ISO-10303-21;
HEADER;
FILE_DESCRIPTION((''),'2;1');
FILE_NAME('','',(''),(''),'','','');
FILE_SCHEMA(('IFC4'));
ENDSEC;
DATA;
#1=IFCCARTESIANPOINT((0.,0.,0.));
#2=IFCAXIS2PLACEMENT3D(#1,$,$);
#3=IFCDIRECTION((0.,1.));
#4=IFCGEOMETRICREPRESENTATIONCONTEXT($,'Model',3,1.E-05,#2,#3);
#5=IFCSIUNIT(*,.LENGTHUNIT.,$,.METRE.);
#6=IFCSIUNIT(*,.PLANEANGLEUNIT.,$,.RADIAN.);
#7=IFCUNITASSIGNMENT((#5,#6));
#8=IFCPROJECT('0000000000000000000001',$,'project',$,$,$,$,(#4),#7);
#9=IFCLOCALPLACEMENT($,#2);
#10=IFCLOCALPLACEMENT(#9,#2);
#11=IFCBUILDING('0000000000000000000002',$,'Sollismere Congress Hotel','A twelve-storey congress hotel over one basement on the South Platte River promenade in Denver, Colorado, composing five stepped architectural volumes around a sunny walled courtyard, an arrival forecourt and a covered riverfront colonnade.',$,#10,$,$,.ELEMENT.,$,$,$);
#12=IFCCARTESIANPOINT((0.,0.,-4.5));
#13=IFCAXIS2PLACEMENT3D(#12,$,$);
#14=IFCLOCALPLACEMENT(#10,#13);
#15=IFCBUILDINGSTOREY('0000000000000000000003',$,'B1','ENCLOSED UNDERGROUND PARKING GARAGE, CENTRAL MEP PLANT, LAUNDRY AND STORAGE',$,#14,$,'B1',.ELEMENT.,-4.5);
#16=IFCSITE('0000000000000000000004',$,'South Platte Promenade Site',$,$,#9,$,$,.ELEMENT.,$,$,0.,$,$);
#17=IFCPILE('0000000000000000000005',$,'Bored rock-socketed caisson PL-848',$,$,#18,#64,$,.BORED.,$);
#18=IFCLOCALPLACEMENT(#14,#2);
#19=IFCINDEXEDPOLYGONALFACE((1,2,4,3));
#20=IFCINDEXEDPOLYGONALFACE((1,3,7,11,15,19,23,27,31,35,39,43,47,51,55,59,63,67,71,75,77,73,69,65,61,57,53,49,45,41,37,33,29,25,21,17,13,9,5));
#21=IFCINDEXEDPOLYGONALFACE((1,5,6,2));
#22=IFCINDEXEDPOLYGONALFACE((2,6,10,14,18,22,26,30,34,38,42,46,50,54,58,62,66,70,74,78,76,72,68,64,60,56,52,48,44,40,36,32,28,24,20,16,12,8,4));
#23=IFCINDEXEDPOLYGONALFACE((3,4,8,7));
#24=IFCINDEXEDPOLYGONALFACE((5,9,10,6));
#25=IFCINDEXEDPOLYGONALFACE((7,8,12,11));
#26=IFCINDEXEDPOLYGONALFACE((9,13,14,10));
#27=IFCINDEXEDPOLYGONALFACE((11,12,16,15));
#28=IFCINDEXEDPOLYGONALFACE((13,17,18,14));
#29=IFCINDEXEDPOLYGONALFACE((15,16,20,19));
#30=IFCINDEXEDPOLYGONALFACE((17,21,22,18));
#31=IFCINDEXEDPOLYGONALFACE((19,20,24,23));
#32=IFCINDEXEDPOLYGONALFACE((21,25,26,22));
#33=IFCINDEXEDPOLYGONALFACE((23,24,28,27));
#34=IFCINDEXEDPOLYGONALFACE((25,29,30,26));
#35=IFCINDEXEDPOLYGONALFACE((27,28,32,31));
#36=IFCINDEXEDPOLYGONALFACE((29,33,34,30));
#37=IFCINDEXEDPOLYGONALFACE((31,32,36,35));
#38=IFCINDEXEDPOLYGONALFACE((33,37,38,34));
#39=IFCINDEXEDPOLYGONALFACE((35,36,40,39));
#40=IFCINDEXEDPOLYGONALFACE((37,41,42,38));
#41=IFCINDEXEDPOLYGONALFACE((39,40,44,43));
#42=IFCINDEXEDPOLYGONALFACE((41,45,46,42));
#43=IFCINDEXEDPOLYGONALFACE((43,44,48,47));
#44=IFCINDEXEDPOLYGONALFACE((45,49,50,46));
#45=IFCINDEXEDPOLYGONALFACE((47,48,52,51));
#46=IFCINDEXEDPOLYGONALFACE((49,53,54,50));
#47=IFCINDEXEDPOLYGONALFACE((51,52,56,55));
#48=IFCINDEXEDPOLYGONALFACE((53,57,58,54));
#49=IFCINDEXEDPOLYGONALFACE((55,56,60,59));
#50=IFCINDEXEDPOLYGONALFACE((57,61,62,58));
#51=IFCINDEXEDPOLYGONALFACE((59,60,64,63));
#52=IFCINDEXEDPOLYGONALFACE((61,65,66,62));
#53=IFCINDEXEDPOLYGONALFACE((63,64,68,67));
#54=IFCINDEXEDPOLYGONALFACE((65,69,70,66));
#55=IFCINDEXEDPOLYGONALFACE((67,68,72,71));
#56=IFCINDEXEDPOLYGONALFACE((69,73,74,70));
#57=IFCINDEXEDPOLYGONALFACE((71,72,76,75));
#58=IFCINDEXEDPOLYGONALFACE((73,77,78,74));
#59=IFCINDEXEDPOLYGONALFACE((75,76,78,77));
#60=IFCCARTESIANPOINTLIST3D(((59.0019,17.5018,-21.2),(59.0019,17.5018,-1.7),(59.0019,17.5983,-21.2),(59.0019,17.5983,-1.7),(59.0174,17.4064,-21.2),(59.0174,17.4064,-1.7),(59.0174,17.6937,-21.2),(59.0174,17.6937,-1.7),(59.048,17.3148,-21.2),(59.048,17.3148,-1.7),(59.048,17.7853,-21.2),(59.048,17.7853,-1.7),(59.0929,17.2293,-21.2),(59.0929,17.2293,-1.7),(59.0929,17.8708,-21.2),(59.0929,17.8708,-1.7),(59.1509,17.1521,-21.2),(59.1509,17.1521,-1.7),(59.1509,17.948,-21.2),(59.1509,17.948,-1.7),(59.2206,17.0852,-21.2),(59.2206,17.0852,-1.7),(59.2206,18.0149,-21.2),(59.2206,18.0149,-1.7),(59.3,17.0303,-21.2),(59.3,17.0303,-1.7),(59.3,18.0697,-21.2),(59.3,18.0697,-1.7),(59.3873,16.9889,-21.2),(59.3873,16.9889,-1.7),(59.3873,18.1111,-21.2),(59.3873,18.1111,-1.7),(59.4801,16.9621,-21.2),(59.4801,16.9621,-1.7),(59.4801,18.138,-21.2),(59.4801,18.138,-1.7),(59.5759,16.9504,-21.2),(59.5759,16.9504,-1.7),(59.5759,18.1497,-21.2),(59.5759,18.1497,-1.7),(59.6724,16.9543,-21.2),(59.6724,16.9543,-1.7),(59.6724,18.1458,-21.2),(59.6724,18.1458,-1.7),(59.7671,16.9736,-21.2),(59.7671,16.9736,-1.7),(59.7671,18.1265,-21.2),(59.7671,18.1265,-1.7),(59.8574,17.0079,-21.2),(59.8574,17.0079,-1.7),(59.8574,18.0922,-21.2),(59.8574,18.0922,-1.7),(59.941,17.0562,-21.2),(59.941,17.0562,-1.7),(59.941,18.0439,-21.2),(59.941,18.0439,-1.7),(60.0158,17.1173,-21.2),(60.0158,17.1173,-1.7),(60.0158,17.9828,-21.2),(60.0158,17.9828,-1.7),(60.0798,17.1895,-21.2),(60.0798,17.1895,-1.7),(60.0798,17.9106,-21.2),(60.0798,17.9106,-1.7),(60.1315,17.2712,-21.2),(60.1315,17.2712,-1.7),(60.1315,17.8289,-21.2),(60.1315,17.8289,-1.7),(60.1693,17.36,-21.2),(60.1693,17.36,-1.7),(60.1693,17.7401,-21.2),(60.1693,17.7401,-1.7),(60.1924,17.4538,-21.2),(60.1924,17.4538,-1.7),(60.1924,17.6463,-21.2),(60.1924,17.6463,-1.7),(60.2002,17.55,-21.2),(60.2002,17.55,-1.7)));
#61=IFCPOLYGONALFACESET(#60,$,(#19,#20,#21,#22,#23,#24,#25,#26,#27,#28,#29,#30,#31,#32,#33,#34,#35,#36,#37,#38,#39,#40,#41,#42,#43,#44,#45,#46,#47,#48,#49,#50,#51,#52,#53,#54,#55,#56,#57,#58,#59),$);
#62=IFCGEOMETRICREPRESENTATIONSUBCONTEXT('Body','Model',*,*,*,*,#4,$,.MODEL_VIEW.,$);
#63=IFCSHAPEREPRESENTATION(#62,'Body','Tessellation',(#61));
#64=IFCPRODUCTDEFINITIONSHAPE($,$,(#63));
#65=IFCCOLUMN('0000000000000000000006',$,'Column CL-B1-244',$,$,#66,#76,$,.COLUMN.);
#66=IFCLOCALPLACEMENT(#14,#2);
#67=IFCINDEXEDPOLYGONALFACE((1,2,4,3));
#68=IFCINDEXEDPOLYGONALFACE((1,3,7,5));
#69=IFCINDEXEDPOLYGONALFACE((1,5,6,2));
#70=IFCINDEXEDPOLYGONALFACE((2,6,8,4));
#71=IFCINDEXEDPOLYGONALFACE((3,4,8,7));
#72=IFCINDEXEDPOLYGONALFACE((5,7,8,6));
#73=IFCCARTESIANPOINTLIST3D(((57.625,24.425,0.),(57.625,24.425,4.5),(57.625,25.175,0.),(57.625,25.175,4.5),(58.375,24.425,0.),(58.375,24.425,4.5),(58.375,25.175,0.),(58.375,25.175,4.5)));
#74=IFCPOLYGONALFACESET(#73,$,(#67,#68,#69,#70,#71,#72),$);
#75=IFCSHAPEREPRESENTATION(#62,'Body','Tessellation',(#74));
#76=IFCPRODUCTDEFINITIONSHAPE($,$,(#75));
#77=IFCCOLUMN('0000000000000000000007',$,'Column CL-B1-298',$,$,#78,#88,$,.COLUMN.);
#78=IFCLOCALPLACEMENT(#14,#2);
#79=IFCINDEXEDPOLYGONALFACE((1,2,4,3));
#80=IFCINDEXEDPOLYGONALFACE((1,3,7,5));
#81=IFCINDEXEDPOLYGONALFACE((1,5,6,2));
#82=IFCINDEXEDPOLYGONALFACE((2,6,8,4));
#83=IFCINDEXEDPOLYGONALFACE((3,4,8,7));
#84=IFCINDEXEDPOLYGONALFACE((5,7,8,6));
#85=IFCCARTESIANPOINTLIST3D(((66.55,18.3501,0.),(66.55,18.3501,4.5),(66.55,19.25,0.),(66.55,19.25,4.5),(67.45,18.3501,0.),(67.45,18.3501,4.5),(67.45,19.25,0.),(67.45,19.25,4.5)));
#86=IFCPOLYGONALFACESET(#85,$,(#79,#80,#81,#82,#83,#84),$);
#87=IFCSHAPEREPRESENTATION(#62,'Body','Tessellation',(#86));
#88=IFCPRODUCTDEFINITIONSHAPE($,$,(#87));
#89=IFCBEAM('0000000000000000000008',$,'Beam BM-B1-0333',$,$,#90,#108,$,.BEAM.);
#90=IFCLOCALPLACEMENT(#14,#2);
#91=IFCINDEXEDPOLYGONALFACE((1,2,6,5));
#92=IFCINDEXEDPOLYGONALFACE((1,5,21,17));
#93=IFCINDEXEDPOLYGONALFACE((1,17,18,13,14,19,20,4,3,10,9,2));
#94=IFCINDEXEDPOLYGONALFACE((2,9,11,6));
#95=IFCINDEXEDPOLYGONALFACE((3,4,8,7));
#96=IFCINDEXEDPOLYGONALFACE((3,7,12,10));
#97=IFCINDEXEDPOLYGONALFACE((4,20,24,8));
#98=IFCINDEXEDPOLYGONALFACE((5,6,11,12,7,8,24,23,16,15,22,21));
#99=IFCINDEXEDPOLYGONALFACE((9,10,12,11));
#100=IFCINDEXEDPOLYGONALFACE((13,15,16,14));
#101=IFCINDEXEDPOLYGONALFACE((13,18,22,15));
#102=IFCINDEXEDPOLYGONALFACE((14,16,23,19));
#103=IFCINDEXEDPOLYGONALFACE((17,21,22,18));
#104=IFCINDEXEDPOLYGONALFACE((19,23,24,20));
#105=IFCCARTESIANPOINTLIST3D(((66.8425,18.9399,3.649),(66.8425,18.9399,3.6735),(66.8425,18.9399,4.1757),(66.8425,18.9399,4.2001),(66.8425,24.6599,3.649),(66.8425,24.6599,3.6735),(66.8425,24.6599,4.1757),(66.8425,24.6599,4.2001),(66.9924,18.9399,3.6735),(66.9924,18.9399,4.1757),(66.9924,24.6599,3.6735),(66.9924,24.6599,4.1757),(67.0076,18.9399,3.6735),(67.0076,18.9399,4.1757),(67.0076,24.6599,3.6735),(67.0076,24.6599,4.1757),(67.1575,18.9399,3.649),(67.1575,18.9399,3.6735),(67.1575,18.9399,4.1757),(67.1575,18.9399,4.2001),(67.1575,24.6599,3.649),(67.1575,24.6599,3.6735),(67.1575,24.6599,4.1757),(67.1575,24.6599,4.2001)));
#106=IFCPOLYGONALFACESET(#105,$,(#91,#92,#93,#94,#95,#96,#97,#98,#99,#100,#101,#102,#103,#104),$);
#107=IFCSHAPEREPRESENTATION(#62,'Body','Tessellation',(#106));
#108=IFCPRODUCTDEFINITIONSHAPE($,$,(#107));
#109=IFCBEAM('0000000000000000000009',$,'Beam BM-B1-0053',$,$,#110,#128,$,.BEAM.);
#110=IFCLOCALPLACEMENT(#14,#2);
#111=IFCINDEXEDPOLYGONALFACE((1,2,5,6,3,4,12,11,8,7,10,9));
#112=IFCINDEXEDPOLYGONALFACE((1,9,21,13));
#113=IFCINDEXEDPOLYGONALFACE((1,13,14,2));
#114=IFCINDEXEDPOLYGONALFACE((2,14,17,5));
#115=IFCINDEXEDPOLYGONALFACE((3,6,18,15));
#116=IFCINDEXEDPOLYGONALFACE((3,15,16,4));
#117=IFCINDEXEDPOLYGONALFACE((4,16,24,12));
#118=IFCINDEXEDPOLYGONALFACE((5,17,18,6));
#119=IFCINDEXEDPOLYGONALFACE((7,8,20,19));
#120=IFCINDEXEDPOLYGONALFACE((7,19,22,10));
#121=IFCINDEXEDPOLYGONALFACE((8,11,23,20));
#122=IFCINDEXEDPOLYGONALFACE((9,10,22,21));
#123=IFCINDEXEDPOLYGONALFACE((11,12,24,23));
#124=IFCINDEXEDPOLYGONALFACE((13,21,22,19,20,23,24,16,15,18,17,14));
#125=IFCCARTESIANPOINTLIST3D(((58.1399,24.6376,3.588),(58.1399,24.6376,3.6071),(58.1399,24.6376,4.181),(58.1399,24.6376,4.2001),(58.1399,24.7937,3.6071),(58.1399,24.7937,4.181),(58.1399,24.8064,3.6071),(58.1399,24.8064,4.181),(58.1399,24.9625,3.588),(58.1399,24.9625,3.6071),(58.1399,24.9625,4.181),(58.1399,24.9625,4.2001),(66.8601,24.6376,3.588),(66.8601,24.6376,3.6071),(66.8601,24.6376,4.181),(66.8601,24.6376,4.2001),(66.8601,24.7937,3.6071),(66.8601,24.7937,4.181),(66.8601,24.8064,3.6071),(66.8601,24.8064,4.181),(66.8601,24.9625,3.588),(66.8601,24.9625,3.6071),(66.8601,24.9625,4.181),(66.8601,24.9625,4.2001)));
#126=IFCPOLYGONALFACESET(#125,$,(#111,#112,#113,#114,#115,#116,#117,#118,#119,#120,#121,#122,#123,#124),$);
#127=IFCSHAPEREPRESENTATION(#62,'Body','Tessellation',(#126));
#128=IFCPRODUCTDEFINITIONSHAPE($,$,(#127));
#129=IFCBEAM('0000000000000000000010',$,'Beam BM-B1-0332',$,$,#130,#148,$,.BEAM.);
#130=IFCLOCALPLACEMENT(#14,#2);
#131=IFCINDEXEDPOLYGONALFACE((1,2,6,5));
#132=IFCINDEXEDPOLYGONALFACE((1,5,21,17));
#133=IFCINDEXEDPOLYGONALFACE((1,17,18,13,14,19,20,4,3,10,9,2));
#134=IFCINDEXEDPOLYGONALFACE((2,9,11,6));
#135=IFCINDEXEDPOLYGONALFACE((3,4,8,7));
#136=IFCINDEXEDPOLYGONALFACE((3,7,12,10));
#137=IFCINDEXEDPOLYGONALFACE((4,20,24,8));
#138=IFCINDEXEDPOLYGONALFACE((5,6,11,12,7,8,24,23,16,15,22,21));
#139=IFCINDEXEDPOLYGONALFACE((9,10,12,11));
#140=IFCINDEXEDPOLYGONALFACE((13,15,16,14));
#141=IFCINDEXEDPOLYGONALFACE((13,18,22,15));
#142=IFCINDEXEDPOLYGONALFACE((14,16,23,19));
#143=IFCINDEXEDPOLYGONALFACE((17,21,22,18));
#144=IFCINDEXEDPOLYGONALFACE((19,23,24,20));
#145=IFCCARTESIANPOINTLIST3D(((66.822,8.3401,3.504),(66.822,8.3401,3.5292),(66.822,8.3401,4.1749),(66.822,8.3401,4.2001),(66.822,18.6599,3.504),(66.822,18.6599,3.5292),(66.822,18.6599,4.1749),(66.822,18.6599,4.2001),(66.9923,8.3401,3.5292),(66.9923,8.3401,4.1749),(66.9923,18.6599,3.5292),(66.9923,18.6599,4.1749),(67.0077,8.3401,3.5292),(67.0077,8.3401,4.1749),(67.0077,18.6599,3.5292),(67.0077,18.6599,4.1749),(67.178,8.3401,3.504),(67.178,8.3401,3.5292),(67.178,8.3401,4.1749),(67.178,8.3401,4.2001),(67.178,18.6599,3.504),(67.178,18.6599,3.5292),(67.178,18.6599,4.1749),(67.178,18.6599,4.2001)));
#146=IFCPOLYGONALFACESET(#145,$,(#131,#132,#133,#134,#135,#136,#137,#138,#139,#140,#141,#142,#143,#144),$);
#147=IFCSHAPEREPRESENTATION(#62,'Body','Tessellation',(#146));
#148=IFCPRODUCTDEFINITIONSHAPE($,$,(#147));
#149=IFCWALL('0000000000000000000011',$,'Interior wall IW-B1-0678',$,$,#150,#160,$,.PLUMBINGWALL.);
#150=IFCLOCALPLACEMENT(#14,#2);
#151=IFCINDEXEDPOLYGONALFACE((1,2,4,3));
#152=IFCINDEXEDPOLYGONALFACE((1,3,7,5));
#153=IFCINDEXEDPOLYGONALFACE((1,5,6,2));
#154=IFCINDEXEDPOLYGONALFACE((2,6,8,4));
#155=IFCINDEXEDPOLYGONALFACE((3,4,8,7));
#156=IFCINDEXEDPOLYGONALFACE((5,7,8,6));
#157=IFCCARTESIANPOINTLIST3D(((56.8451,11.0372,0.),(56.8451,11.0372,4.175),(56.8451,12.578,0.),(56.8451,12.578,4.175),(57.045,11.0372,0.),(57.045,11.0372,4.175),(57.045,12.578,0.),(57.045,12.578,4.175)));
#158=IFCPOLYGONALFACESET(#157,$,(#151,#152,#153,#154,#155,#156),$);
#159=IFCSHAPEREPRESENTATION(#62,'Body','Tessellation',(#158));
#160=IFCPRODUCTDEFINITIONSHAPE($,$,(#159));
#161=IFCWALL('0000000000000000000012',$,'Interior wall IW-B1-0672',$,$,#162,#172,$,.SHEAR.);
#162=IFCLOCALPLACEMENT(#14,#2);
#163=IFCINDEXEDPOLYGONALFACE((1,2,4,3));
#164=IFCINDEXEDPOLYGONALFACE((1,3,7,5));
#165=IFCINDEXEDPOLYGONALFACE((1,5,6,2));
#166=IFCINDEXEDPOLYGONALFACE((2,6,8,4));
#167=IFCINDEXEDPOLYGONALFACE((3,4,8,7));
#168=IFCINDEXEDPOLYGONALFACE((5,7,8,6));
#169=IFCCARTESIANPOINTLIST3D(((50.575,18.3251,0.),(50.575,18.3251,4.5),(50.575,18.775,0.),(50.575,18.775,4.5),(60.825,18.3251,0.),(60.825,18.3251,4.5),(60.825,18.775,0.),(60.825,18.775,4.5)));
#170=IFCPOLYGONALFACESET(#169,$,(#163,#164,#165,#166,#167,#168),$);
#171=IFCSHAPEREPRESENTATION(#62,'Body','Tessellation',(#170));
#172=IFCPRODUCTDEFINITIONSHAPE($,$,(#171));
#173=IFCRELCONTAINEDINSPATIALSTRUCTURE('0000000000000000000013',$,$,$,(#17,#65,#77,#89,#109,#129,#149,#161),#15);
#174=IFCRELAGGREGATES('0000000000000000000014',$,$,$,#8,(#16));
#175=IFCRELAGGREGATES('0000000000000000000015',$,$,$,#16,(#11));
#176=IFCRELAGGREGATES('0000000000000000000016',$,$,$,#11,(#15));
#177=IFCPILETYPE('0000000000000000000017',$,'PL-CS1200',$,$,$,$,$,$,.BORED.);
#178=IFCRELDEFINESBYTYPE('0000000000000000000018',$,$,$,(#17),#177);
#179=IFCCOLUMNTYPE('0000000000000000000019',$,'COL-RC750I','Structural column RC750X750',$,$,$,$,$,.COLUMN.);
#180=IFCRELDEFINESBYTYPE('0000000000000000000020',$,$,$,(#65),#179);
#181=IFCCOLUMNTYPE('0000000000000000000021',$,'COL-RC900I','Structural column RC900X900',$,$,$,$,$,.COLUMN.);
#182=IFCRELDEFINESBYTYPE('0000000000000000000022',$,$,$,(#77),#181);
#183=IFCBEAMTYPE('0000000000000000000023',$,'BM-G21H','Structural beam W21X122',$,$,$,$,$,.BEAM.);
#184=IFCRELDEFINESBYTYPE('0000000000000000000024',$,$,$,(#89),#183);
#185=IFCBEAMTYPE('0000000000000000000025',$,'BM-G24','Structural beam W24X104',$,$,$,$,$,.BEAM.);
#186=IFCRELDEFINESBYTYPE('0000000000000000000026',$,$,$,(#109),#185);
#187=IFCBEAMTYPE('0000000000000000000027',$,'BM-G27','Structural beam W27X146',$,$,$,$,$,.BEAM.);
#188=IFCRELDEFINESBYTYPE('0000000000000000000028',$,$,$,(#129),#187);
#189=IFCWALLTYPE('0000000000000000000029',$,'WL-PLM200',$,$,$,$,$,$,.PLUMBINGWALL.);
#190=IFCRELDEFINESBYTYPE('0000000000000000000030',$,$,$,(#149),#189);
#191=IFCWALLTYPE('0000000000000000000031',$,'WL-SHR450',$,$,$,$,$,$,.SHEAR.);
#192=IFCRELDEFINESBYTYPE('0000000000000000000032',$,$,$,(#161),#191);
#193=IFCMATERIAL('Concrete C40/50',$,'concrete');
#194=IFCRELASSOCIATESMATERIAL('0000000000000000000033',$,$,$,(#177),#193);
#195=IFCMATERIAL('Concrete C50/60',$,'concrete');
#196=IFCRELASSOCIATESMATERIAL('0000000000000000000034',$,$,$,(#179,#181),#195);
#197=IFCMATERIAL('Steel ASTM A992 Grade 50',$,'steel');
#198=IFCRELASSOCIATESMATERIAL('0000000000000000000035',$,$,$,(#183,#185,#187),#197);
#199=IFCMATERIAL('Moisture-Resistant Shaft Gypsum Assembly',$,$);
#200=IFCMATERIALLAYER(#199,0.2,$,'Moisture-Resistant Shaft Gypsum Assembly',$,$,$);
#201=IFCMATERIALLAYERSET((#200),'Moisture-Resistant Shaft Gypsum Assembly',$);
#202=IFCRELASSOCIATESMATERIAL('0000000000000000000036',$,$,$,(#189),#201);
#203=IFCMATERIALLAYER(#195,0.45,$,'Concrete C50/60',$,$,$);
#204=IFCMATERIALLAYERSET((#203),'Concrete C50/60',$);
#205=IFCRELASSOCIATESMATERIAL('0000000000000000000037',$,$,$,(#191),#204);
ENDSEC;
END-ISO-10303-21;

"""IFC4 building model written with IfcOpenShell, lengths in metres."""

from ifc_helpers import new_model, si_unit, direction, frame, frame_2d, origin, origin_2d, place, context, subcontext, project, spatial, rectangle, circle, i_section, extrude, material, layer, layer_set, material_profile, profile_set, type_object, element, save


model = new_model("IFC4")

# Units and contexts
model_context = context("Model", 3, precision=1e-05, world=origin(), true_north=direction((0.0, 1.0)))
body_context = subcontext(model_context, "Body", "Model", "MODEL_VIEW")
ifc_project = project(units=[si_unit("LENGTHUNIT", "METRE"), si_unit("PLANEANGLEUNIT", "RADIAN")], contexts=[model_context])

# Site, building, storey
site_placement = place(None, origin())
site = spatial("IfcSite", under=ifc_project, at=site_placement, Name="South Platte Promenade Site", CompositionType="ELEMENT", RefElevation=0.0)
building_placement = place(site_placement, origin())
building = spatial("IfcBuilding", under=site, at=building_placement, Name="Sollismere Congress Hotel", Description="A twelve-storey congress hotel over one basement on the South Platte River promenade in Denver, Colorado, composing five stepped architectural volumes around a sunny walled courtyard, an arrival forecourt and a covered riverfront colonnade.", CompositionType="ELEMENT")
storey_placement = place(building_placement, frame((0.0, 0.0, -4.5)))
storey = spatial("IfcBuildingStorey", under=building, at=storey_placement, Name="B1", Description="ENCLOSED UNDERGROUND PARKING GARAGE, CENTRAL MEP PLANT, LAUNDRY AND STORAGE", LongName="B1", CompositionType="ELEMENT", Elevation=-4.5)

# Shared definitions
ifc_material_1 = material(Name="Concrete C40/50", Category="concrete")

# Pile
ifc_material_profile_1 = material_profile(ifc_material_1, circle(Radius=0.6001, at=origin_2d()), Name="CAISSON1200")
ifc_profile_set_1 = profile_set([ifc_material_profile_1], Name="Concrete C40/50")
pile_type = type_object("IfcPileType", Name="PL-CS1200", PredefinedType="BORED", material=ifc_profile_set_1)
for number, where, z_axis, x_axis, name in (
    (1, (59.6001, 17.55, -1.7), (0.0, 0.0, -1.0), (1.0, 0.0, 0.0), "Bored rock-socketed caisson PL-848"),
):
    element("IfcPile", number, at=place(storey_placement, frame(where, z_axis=z_axis, x_axis=x_axis)), inside=storey, type_object=pile_type, Name=name, PredefinedType="BORED", context=body_context, shape_type="SweptSolid", body=[
        extrude(circle(Radius=0.6001, at=origin_2d()), origin(), (0.0, 0.0, 1.0), 19.5),
    ])

# Columns
ifc_material_2 = material(Name="Concrete C50/60", Category="concrete")
ifc_material_profile_2 = material_profile(ifc_material_2, rectangle(XDim=0.75, YDim=0.75, at=origin_2d()), Name="RC750X750")
ifc_profile_set_2 = profile_set([ifc_material_profile_2], Name="Concrete C50/60")
column_type_1 = type_object("IfcColumnType", Name="COL-RC750I", Description="Structural column RC750X750", PredefinedType="COLUMN", material=ifc_profile_set_2)
column_1_placement = place(storey_placement, frame((58.0, 24.8, 0.0), z_axis=(0.0, 0.0, 1.0), x_axis=(0.0, 1.0, 0.0)))
element("IfcColumn", 2, at=column_1_placement, inside=storey, type_object=column_type_1, Name="Column CL-B1-244", PredefinedType="COLUMN", context=body_context, shape_type="SweptSolid", body=[
    extrude(rectangle(XDim=0.75, YDim=0.75, at=origin_2d()), origin(), (0.0, 0.0, 1.0), 4.5),
])
ifc_material_profile_3 = material_profile(ifc_material_2, rectangle(XDim=0.8999, YDim=0.8999, at=origin_2d()), Name="RC900X900")
ifc_profile_set_3 = profile_set([ifc_material_profile_3], Name="Concrete C50/60")
column_type_2 = type_object("IfcColumnType", Name="COL-RC900I", Description="Structural column RC900X900", PredefinedType="COLUMN", material=ifc_profile_set_3)
column_2_placement = place(storey_placement, frame((67.0, 18.8, 0.0), z_axis=(0.0, 0.0, 1.0), x_axis=(0.0, 1.0, 0.0)))
element("IfcColumn", 3, at=column_2_placement, inside=storey, type_object=column_type_2, Name="Column CL-B1-298", PredefinedType="COLUMN", context=body_context, shape_type="SweptSolid", body=[
    extrude(rectangle(XDim=0.8999, YDim=0.8999, at=origin_2d()), origin(), (0.0, 0.0, 1.0), 4.5),
])

# Beams
ifc_material_3 = material(Name="Steel ASTM A992 Grade 50", Category="steel")
ifc_material_profile_4 = material_profile(ifc_material_3, i_section(OverallWidth=0.3149, OverallDepth=0.551, WebThickness=0.0151, FlangeThickness=0.0244, at=origin_2d()), Name="W21X122")
ifc_profile_set_4 = profile_set([ifc_material_profile_4], Name="Steel ASTM A992 Grade 50")
beam_type_1 = type_object("IfcBeamType", Name="BM-G21H", Description="Structural beam W21X122", PredefinedType="BEAM", material=ifc_profile_set_4)
beam_1_placement = place(storey_placement, frame((67.0, 18.9399, 3.9246), z_axis=(0.0, 1.0, 0.0), x_axis=(-1.0, 0.0, 0.0)))
element("IfcBeam", 4, at=beam_1_placement, inside=storey, type_object=beam_type_1, Name="Beam BM-B1-0333", PredefinedType="BEAM", context=body_context, shape_type="SweptSolid", body=[
    extrude(i_section(OverallWidth=0.3149, OverallDepth=0.551, WebThickness=0.0151, FlangeThickness=0.0244, at=origin_2d()), origin(), (0.0, 0.0, 1.0), 5.72),
])
ifc_material_profile_5 = material_profile(ifc_material_3, i_section(OverallWidth=0.325, OverallDepth=0.6121, WebThickness=0.0127, FlangeThickness=0.019, at=origin_2d()), Name="W24X104")
ifc_profile_set_5 = profile_set([ifc_material_profile_5], Name="Steel ASTM A992 Grade 50")
beam_type_2 = type_object("IfcBeamType", Name="BM-G24", Description="Structural beam W24X104", PredefinedType="BEAM", material=ifc_profile_set_5)
beam_2_placement = place(storey_placement, frame((58.1399, 24.8, 3.894), z_axis=(1.0, 0.0, 0.0), x_axis=(0.0, 1.0, 0.0)))
element("IfcBeam", 5, at=beam_2_placement, inside=storey, type_object=beam_type_2, Name="Beam BM-B1-0053", PredefinedType="BEAM", context=body_context, shape_type="SweptSolid", body=[
    extrude(i_section(OverallWidth=0.325, OverallDepth=0.6121, WebThickness=0.0127, FlangeThickness=0.019, at=origin_2d()), origin(), (0.0, 0.0, 1.0), 8.7202),
])
ifc_material_profile_6 = material_profile(ifc_material_3, i_section(OverallWidth=0.356, OverallDepth=0.696, WebThickness=0.0154, FlangeThickness=0.0251, at=origin_2d()), Name="W27X146")
ifc_profile_set_6 = profile_set([ifc_material_profile_6], Name="Steel ASTM A992 Grade 50")
beam_type_3 = type_object("IfcBeamType", Name="BM-G27", Description="Structural beam W27X146", PredefinedType="BEAM", material=ifc_profile_set_6)
beam_3_placement = place(storey_placement, frame((67.0, 8.3401, 3.8521), z_axis=(0.0, 1.0, 0.0), x_axis=(-1.0, 0.0, 0.0)))
element("IfcBeam", 6, at=beam_3_placement, inside=storey, type_object=beam_type_3, Name="Beam BM-B1-0332", PredefinedType="BEAM", context=body_context, shape_type="SweptSolid", body=[
    extrude(i_section(OverallWidth=0.356, OverallDepth=0.696, WebThickness=0.0154, FlangeThickness=0.0251, at=origin_2d()), origin(), (0.0, 0.0, 1.0), 10.3198),
])

# Walls
ifc_material_4 = material(Name="Moisture-Resistant Shaft Gypsum Assembly")
ifc_layer_1 = layer(ifc_material_4, 0.2, Name="Moisture-Resistant Shaft Gypsum Assembly")
ifc_layer_set_1 = layer_set([ifc_layer_1], Name="Moisture-Resistant Shaft Gypsum Assembly")
wall_type_1 = type_object("IfcWallType", Name="WL-PLM200", PredefinedType="PLUMBINGWALL", material=ifc_layer_set_1)
wall_1_placement = place(storey_placement, frame((56.9451, 11.0371, 0.0), z_axis=(0.0, 0.0, 1.0), x_axis=(0.0, 1.0, 0.0)))
element("IfcWall", 7, at=wall_1_placement, inside=storey, type_object=wall_type_1, Name="Interior wall IW-B1-0678", PredefinedType="PLUMBINGWALL", context=body_context, shape_type="SweptSolid", body=[
    extrude(rectangle(XDim=1.5408, YDim=0.2, at=frame_2d((0.7705, 0.0))), origin(), (0.0, 0.0, 1.0), 4.175),
])
ifc_layer_2 = layer(ifc_material_2, 0.45, Name="Concrete C50/60")
ifc_layer_set_2 = layer_set([ifc_layer_2], Name="Concrete C50/60")
wall_type_2 = type_object("IfcWallType", Name="WL-SHR450", PredefinedType="SHEAR", material=ifc_layer_set_2)
wall_2_placement = place(storey_placement, frame((60.825, 18.55, 0.0), z_axis=(0.0, 0.0, 1.0), x_axis=(-1.0, 0.0, 0.0)))
element("IfcWall", 8, at=wall_2_placement, inside=storey, type_object=wall_type_2, Name="Interior wall IW-B1-0672", PredefinedType="SHEAR", context=body_context, shape_type="SweptSolid", body=[
    extrude(rectangle(XDim=10.25, YDim=0.45, at=frame_2d((5.125, 0.0))), origin(), (0.0, 0.0, 1.0), 4.5),
])

save(model, "model.ifc")
